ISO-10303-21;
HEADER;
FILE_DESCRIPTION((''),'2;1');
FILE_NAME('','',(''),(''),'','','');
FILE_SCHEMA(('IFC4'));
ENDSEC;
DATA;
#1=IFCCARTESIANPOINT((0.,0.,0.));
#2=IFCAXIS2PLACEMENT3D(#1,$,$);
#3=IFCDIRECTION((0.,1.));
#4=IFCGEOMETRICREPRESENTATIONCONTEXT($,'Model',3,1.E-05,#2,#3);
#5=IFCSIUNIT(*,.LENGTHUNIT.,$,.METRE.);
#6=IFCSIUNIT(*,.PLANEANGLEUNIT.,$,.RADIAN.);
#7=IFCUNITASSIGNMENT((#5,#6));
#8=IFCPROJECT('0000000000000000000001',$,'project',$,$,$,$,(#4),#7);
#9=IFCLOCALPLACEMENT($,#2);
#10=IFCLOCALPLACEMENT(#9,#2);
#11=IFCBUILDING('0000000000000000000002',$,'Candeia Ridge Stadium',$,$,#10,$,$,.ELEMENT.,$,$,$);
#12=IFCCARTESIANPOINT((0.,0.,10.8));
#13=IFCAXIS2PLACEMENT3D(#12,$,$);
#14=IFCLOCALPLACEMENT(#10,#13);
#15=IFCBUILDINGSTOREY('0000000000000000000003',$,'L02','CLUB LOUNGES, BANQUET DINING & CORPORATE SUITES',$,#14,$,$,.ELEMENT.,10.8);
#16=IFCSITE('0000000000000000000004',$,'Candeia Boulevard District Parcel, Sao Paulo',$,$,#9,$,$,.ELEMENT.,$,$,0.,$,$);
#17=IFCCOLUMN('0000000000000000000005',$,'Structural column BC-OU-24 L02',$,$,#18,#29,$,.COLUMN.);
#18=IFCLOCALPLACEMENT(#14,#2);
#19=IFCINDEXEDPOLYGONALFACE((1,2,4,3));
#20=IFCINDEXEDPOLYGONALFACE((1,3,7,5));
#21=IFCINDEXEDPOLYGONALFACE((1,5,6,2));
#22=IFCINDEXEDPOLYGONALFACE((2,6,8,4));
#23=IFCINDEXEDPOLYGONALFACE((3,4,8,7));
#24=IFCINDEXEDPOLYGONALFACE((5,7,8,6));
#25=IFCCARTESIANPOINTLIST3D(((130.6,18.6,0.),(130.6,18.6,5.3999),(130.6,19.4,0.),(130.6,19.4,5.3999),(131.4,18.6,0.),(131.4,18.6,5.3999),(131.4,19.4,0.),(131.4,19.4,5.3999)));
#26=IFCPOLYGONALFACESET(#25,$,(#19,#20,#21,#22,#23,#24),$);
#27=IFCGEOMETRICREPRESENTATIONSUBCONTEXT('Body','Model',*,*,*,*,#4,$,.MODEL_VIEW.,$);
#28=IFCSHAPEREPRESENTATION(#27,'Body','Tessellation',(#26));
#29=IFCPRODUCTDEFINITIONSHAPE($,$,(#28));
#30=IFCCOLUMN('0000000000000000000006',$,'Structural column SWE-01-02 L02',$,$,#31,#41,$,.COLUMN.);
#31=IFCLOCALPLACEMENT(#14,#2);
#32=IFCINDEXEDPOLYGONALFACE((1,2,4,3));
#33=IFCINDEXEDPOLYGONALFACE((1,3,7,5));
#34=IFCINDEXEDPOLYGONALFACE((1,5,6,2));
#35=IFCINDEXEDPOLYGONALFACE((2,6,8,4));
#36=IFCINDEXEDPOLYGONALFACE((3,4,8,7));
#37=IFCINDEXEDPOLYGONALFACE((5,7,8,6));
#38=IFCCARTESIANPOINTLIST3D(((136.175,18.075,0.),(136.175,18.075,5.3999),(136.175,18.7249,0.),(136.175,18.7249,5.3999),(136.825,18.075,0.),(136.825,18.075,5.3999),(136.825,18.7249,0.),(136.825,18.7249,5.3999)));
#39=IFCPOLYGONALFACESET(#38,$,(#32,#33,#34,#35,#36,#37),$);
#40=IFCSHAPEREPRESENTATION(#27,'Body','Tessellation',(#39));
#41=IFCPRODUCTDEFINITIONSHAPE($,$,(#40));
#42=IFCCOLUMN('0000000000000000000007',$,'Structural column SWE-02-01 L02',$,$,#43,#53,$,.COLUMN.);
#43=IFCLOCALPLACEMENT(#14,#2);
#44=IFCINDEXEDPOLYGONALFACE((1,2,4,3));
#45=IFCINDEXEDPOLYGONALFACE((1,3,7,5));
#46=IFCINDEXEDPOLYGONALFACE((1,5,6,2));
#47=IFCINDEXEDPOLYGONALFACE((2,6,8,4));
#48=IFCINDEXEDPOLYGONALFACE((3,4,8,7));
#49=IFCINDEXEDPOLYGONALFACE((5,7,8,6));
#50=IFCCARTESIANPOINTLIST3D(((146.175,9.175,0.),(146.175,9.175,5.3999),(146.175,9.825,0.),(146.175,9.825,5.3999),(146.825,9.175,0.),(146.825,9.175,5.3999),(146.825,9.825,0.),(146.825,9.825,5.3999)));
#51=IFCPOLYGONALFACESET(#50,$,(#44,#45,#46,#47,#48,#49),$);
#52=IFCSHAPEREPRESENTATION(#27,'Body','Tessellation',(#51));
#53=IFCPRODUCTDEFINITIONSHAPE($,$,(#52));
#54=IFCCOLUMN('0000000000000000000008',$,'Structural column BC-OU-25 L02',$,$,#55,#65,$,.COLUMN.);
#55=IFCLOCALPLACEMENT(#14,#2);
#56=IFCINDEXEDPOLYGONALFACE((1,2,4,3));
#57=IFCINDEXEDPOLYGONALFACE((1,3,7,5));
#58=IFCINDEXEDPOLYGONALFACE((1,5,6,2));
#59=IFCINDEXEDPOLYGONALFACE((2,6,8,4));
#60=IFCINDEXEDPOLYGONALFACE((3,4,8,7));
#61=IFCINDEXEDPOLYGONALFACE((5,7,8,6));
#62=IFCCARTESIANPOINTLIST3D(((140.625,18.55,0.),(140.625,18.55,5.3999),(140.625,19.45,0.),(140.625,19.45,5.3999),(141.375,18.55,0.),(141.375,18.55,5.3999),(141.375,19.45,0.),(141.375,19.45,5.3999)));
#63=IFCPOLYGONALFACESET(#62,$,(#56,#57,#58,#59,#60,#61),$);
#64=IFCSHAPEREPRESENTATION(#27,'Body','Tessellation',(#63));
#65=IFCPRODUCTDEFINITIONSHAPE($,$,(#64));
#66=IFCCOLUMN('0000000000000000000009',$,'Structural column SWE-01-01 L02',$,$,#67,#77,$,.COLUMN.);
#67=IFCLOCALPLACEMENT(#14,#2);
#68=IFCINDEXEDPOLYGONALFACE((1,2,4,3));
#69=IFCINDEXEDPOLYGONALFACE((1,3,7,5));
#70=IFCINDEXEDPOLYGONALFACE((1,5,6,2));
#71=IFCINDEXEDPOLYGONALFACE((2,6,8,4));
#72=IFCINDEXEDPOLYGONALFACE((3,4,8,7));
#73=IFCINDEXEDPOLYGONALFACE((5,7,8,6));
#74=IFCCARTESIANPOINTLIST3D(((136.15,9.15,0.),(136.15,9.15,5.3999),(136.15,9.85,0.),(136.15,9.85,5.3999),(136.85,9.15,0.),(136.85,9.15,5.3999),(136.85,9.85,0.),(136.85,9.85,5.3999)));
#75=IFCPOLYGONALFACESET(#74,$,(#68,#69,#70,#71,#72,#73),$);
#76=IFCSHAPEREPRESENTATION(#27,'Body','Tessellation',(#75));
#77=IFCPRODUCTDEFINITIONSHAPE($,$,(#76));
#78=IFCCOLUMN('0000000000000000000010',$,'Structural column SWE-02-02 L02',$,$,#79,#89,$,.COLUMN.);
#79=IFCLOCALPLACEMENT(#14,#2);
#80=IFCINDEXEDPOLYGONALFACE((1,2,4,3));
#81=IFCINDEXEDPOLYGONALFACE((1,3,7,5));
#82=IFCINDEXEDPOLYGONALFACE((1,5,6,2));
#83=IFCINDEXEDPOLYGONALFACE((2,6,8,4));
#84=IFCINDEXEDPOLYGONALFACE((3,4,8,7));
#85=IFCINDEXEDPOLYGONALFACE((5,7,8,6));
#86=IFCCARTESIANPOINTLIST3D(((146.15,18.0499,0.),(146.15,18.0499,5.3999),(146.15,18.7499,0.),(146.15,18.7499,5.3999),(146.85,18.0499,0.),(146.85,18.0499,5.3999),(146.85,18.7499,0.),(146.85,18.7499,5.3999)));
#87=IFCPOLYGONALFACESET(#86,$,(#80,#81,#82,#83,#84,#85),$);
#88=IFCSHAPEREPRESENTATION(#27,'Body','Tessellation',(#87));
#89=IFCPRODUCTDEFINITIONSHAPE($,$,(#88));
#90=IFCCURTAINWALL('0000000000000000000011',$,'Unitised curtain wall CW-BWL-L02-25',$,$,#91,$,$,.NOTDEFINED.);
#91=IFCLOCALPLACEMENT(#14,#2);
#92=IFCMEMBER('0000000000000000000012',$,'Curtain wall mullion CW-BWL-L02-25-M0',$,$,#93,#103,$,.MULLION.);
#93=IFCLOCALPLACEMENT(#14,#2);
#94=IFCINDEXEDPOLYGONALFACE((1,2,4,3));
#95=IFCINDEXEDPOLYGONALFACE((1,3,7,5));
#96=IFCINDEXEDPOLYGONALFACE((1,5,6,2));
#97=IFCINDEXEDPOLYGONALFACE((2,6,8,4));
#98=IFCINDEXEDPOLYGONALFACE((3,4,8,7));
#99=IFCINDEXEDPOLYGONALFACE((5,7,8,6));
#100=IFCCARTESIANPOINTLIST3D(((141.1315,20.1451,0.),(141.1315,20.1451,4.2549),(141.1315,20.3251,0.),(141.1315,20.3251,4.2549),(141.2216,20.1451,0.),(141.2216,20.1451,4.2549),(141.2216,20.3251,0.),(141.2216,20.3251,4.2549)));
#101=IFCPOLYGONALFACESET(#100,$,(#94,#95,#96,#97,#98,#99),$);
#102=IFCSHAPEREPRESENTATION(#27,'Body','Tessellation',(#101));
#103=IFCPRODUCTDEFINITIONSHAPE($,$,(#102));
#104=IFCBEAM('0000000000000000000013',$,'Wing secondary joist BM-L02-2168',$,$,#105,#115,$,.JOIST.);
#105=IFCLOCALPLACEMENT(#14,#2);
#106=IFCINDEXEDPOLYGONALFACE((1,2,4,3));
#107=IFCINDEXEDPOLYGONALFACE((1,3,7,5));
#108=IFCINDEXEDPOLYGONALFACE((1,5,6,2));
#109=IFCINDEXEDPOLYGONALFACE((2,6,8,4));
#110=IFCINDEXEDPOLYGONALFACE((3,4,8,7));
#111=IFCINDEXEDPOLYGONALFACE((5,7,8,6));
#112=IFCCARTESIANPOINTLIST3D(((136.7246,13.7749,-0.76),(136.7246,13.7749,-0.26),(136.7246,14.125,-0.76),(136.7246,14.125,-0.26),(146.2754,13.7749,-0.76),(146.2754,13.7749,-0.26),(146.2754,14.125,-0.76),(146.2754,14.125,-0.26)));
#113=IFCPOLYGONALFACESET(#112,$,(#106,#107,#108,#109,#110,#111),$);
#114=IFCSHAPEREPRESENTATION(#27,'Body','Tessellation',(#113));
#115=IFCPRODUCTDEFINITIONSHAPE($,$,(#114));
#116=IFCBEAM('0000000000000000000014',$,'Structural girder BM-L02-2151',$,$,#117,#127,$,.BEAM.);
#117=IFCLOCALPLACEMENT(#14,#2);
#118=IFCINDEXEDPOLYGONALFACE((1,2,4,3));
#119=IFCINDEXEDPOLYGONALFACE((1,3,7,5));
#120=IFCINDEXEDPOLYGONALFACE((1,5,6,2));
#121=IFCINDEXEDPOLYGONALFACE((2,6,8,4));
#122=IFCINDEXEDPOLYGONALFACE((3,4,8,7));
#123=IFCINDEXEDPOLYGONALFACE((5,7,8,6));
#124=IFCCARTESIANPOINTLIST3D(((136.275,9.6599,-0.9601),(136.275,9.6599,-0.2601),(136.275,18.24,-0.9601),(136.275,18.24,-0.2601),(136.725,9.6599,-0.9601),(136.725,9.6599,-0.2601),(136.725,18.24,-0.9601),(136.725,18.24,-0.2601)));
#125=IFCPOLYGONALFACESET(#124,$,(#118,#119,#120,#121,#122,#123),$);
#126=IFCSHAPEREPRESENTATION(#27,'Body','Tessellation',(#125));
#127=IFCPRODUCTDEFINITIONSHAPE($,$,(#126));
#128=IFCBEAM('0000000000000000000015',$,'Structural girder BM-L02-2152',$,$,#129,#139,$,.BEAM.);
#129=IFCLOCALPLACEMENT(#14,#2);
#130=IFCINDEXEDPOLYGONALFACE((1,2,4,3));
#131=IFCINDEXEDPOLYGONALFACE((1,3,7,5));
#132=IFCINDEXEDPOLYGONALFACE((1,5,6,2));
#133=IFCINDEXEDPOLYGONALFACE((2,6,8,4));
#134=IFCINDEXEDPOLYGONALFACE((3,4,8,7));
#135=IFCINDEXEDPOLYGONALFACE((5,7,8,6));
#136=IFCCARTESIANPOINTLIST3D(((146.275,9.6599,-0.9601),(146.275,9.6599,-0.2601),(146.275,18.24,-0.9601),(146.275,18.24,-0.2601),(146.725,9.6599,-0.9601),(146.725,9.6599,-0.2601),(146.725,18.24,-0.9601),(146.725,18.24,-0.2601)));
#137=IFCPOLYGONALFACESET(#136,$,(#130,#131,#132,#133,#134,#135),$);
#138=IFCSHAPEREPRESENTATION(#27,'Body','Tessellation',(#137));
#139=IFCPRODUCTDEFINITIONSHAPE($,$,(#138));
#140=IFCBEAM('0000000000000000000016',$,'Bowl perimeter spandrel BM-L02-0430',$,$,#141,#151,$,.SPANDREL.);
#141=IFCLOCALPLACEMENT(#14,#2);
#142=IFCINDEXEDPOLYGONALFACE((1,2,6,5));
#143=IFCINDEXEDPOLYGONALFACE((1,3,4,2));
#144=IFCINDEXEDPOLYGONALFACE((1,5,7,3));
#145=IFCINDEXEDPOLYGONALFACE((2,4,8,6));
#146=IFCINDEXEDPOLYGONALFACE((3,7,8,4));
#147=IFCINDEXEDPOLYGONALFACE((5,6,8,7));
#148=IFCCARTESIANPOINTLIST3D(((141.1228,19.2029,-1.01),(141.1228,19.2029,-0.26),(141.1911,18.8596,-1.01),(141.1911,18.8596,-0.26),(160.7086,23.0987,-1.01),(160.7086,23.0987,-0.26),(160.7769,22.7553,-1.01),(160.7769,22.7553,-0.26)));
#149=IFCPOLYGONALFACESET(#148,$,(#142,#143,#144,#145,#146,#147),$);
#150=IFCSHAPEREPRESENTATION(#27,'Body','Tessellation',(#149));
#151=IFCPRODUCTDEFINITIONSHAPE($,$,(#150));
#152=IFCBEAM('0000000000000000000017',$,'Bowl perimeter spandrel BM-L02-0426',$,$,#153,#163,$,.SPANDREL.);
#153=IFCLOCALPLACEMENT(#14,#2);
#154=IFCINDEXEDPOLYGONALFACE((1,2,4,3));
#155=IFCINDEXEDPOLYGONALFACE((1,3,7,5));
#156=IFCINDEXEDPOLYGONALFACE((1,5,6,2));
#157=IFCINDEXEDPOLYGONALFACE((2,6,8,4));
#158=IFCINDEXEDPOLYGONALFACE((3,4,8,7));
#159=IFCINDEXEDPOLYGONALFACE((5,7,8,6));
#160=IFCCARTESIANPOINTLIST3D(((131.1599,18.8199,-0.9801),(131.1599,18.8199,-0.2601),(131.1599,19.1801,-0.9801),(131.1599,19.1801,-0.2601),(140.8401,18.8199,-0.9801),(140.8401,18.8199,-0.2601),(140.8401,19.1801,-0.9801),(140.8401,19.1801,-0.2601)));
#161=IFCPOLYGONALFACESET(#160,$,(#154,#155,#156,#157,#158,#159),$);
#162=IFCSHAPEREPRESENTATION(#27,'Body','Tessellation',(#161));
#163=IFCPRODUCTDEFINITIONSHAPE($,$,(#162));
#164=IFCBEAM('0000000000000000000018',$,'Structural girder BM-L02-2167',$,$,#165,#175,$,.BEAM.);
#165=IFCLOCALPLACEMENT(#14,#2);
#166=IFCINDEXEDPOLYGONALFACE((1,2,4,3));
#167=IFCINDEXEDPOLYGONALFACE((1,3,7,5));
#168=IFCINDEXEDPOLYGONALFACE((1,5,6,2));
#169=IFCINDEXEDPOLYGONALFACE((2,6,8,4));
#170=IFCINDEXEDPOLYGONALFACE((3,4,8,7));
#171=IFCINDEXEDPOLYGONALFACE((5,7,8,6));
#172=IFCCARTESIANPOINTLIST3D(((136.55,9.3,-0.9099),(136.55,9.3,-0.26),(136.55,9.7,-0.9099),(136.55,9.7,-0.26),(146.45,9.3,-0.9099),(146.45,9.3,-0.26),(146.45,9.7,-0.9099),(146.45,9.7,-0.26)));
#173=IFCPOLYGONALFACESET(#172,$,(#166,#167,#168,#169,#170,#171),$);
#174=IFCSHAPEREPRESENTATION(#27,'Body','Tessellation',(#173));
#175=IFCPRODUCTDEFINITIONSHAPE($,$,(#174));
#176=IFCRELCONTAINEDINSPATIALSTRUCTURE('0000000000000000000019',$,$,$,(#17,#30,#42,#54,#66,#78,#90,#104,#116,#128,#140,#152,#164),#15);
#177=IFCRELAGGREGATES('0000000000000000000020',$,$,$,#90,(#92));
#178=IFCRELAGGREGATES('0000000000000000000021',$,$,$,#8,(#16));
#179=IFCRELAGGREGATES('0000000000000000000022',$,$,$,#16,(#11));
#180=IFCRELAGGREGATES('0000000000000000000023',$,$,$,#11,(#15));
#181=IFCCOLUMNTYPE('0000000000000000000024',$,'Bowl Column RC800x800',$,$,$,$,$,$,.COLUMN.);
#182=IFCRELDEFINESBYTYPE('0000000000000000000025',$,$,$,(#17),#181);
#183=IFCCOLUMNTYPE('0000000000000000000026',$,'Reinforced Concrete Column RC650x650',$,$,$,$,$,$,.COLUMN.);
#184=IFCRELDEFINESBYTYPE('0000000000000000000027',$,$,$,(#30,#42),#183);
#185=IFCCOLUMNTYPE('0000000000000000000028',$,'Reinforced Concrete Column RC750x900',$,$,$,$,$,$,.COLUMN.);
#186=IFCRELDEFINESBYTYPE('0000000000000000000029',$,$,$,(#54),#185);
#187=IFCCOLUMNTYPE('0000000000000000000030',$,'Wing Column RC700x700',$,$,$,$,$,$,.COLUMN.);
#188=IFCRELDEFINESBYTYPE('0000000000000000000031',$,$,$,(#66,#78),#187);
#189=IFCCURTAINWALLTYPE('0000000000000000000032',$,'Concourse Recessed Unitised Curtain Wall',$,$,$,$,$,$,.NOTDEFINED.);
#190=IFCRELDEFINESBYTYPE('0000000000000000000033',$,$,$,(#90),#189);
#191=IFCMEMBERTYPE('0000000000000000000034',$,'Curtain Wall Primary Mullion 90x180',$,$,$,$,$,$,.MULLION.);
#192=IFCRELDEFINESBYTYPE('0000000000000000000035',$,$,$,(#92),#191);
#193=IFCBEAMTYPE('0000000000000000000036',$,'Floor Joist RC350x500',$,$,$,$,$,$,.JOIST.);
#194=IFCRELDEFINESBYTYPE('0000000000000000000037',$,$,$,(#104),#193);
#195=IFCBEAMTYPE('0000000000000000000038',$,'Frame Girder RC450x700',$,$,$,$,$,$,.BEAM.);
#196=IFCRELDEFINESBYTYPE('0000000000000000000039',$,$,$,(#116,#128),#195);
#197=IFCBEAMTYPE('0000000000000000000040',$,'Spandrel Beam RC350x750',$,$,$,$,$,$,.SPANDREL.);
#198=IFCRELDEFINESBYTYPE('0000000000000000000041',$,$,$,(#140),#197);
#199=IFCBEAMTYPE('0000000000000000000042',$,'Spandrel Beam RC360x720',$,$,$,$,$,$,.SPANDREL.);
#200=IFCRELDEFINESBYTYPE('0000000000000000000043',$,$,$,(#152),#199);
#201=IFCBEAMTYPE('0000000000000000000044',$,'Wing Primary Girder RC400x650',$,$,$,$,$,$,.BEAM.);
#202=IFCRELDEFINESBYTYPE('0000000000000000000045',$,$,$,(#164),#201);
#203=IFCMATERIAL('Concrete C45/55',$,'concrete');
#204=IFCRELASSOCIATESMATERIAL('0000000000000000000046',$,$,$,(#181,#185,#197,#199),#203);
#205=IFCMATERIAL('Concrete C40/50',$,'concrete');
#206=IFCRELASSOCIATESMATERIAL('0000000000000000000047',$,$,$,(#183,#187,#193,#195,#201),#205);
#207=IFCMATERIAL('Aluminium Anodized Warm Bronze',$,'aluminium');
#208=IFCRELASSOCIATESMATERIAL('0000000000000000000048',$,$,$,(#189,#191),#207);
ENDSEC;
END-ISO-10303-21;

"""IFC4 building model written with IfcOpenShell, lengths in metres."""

from ifc_helpers import new_model, si_unit, direction, frame, origin, origin_2d, place, context, subcontext, project, spatial, rectangle, extrude, material, material_profile, profile_set, type_object, element, aggregate, save


model = new_model("IFC4")

# Units and contexts
model_context = context("Model", 3, precision=1e-05, world=origin(), true_north=direction((0.0, 1.0)))
body_context = subcontext(model_context, "Body", "Model", "MODEL_VIEW")
ifc_project = project(units=[si_unit("LENGTHUNIT", "METRE"), si_unit("PLANEANGLEUNIT", "RADIAN")], contexts=[model_context])

# Site, building, storey
site_placement = place(None, origin())
site = spatial("IfcSite", under=ifc_project, at=site_placement, Name="Candeia Boulevard District Parcel, Sao Paulo", CompositionType="ELEMENT", RefElevation=0.0)
building_placement = place(site_placement, origin())
building = spatial("IfcBuilding", under=site, at=building_placement, Name="Candeia Ridge Stadium", CompositionType="ELEMENT")
storey_placement = place(building_placement, frame((0.0, 0.0, 10.8)))
storey = spatial("IfcBuildingStorey", under=building, at=storey_placement, Name="L02", Description="CLUB LOUNGES, BANQUET DINING & CORPORATE SUITES", CompositionType="ELEMENT", Elevation=10.8)

# Columns
ifc_material_1 = material(Name="Concrete C45/55", Category="concrete")
ifc_material_profile_1 = material_profile(ifc_material_1, rectangle(XDim=0.8, YDim=0.8, at=origin_2d()), Name="RC800x800", Category="concrete")
ifc_profile_set_1 = profile_set([ifc_material_profile_1], Name="Concrete C45/55")
column_type_1 = type_object("IfcColumnType", Name="Bowl Column RC800x800", PredefinedType="COLUMN", material=ifc_profile_set_1)
column_1_placement = place(storey_placement, frame((131.0, 19.0, 0.0), z_axis=(0.0, 0.0, 1.0), x_axis=(1.0, 0.0, 0.0)))
element("IfcColumn", 1, at=column_1_placement, inside=storey, type_object=column_type_1, Name="Structural column BC-OU-24 L02", PredefinedType="COLUMN", context=body_context, shape_type="SweptSolid", body=[
    extrude(rectangle(XDim=0.8, YDim=0.8, at=origin_2d()), origin(), (0.0, 0.0, 1.0), 5.3999),
])
ifc_material_2 = material(Name="Concrete C40/50", Category="concrete")
ifc_material_profile_2 = material_profile(ifc_material_2, rectangle(XDim=0.6499, YDim=0.6499, at=origin_2d()), Name="RC650x650", Category="concrete")
ifc_profile_set_2 = profile_set([ifc_material_profile_2], Name="Concrete C40/50")
column_type_2 = type_object("IfcColumnType", Name="Reinforced Concrete Column RC650x650", PredefinedType="COLUMN", material=ifc_profile_set_2)
for number, where, z_axis, x_axis, name in (
    (2, (136.5, 18.3999, 0.0), (0.0, 0.0, 1.0), (1.0, 0.0, 0.0), "Structural column SWE-01-02 L02"),
    (3, (146.5, 9.5, 0.0), (0.0, 0.0, 1.0), (1.0, 0.0, 0.0), "Structural column SWE-02-01 L02"),
):
    element("IfcColumn", number, at=place(storey_placement, frame(where, z_axis=z_axis, x_axis=x_axis)), inside=storey, type_object=column_type_2, Name=name, PredefinedType="COLUMN", context=body_context, shape_type="SweptSolid", body=[
        extrude(rectangle(XDim=0.6499, YDim=0.6499, at=origin_2d()), origin(), (0.0, 0.0, 1.0), 5.3999),
    ])
ifc_material_profile_3 = material_profile(ifc_material_1, rectangle(XDim=0.75, YDim=0.8999, at=origin_2d()), Name="RC750x900", Category="concrete")
ifc_profile_set_3 = profile_set([ifc_material_profile_3], Name="Concrete C45/55")
column_type_3 = type_object("IfcColumnType", Name="Reinforced Concrete Column RC750x900", PredefinedType="COLUMN", material=ifc_profile_set_3)
column_2_placement = place(storey_placement, frame((141.0, 19.0, 0.0), z_axis=(0.0, 0.0, 1.0), x_axis=(1.0, 0.0, 0.0)))
element("IfcColumn", 4, at=column_2_placement, inside=storey, type_object=column_type_3, Name="Structural column BC-OU-25 L02", PredefinedType="COLUMN", context=body_context, shape_type="SweptSolid", body=[
    extrude(rectangle(XDim=0.75, YDim=0.8999, at=origin_2d()), origin(), (0.0, 0.0, 1.0), 5.3999),
])
ifc_material_profile_4 = material_profile(ifc_material_2, rectangle(XDim=0.7, YDim=0.7, at=origin_2d()), Name="RC700x700", Category="concrete")
ifc_profile_set_4 = profile_set([ifc_material_profile_4], Name="Concrete C40/50")
column_type_4 = type_object("IfcColumnType", Name="Wing Column RC700x700", PredefinedType="COLUMN", material=ifc_profile_set_4)
for number, where, z_axis, x_axis, name in (
    (5, (136.5, 9.5, 0.0), (0.0, 0.0, 1.0), (1.0, 0.0, 0.0), "Structural column SWE-01-01 L02"),
    (6, (146.5, 18.3999, 0.0), (0.0, 0.0, 1.0), (1.0, 0.0, 0.0), "Structural column SWE-02-02 L02"),
):
    element("IfcColumn", number, at=place(storey_placement, frame(where, z_axis=z_axis, x_axis=x_axis)), inside=storey, type_object=column_type_4, Name=name, PredefinedType="COLUMN", context=body_context, shape_type="SweptSolid", body=[
        extrude(rectangle(XDim=0.7, YDim=0.7, at=origin_2d()), origin(), (0.0, 0.0, 1.0), 5.3999),
    ])

# Curtain wall, member
ifc_material_3 = material(Name="Aluminium Anodized Warm Bronze", Category="aluminium")
curtain_wall_type = type_object("IfcCurtainWallType", Name="Concourse Recessed Unitised Curtain Wall", PredefinedType="NOTDEFINED", material=ifc_material_3)
curtain_wall_placement = place(storey_placement, origin())
curtain_wall = element("IfcCurtainWall", 7, at=curtain_wall_placement, inside=storey, type_object=curtain_wall_type, Name="Unitised curtain wall CW-BWL-L02-25", PredefinedType="NOTDEFINED")
ifc_material_profile_5 = material_profile(ifc_material_3, rectangle(XDim=0.0901, YDim=0.1799, at=origin_2d()), Name="CWM-90x180", Category="aluminium")
ifc_profile_set_5 = profile_set([ifc_material_profile_5], Name="Aluminium Anodized Warm Bronze")
member_type = type_object("IfcMemberType", Name="Curtain Wall Primary Mullion 90x180", PredefinedType="MULLION", material=ifc_profile_set_5)
member_placement = place(storey_placement, frame((141.1765, 20.2351, 0.0), z_axis=(0.0, 0.0, 1.0), x_axis=(1.0, 0.0, 0.0)))
member = element("IfcMember", 8, at=member_placement, type_object=member_type, Name="Curtain wall mullion CW-BWL-L02-25-M0", PredefinedType="MULLION", context=body_context, shape_type="SweptSolid", body=[
    extrude(rectangle(XDim=0.0901, YDim=0.1799, at=origin_2d()), origin(), (0.0, 0.0, 1.0), 4.2549),
])
aggregate(curtain_wall, [member])

# Beams
ifc_material_profile_6 = material_profile(ifc_material_2, rectangle(XDim=0.3501, YDim=0.5, at=origin_2d()), Name="RC350x500", Category="concrete")
ifc_profile_set_6 = profile_set([ifc_material_profile_6], Name="Concrete C40/50")
beam_type_1 = type_object("IfcBeamType", Name="Floor Joist RC350x500", PredefinedType="JOIST", material=ifc_profile_set_6)
beam_1_placement = place(storey_placement, frame((136.7246, 13.95, -0.51), z_axis=(1.0, 0.0, 0.0), x_axis=(0.0, 1.0, 0.0)))
element("IfcBeam", 9, at=beam_1_placement, inside=storey, type_object=beam_type_1, Name="Wing secondary joist BM-L02-2168", PredefinedType="JOIST", context=body_context, shape_type="SweptSolid", body=[
    extrude(rectangle(XDim=0.3501, YDim=0.5, at=origin_2d()), origin(), (0.0, 0.0, 1.0), 9.5508),
])
ifc_material_profile_7 = material_profile(ifc_material_2, rectangle(XDim=0.45, YDim=0.7, at=origin_2d()), Name="RC450x700", Category="concrete")
ifc_profile_set_7 = profile_set([ifc_material_profile_7], Name="Concrete C40/50")
beam_type_2 = type_object("IfcBeamType", Name="Frame Girder RC450x700", PredefinedType="BEAM", material=ifc_profile_set_7)
for number, where, z_axis, x_axis, name in (
    (10, (136.5, 9.6599, -0.6101), (0.0, 1.0, 0.0), (-1.0, 0.0, 0.0), "Structural girder BM-L02-2151"),
    (11, (146.5, 9.6599, -0.6101), (0.0, 1.0, 0.0), (-1.0, 0.0, 0.0), "Structural girder BM-L02-2152"),
):
    element("IfcBeam", number, at=place(storey_placement, frame(where, z_axis=z_axis, x_axis=x_axis)), inside=storey, type_object=beam_type_2, Name=name, PredefinedType="BEAM", context=body_context, shape_type="SweptSolid", body=[
        extrude(rectangle(XDim=0.45, YDim=0.7, at=origin_2d()), origin(), (0.0, 0.0, 1.0), 8.5801),
    ])
ifc_material_profile_8 = material_profile(ifc_material_1, rectangle(XDim=0.3501, YDim=0.75, at=origin_2d()), Name="RC350x750", Category="concrete")
ifc_profile_set_8 = profile_set([ifc_material_profile_8], Name="Concrete C45/55")
beam_type_3 = type_object("IfcBeamType", Name="Spandrel Beam RC350x750", PredefinedType="SPANDREL", material=ifc_profile_set_8)
beam_2_placement = place(storey_placement, frame((141.157, 19.0312, -0.635), z_axis=(0.980786, 0.195086, 0.0), x_axis=(-0.195086, 0.980786, 0.0)))
element("IfcBeam", 12, at=beam_2_placement, inside=storey, type_object=beam_type_3, Name="Bowl perimeter spandrel BM-L02-0430", PredefinedType="SPANDREL", context=body_context, shape_type="SweptSolid", body=[
    extrude(rectangle(XDim=0.3501, YDim=0.75, at=origin_2d()), origin(), (0.0, 0.0, 1.0), 19.9695),
])
ifc_material_profile_9 = material_profile(ifc_material_1, rectangle(XDim=0.3601, YDim=0.72, at=origin_2d()), Name="RC360x720", Category="concrete")
ifc_profile_set_9 = profile_set([ifc_material_profile_9], Name="Concrete C45/55")
beam_type_4 = type_object("IfcBeamType", Name="Spandrel Beam RC360x720", PredefinedType="SPANDREL", material=ifc_profile_set_9)
beam_3_placement = place(storey_placement, frame((131.1599, 19.0, -0.6201), z_axis=(1.0, 0.0, 0.0), x_axis=(0.0, 1.0, 0.0)))
element("IfcBeam", 13, at=beam_3_placement, inside=storey, type_object=beam_type_4, Name="Bowl perimeter spandrel BM-L02-0426", PredefinedType="SPANDREL", context=body_context, shape_type="SweptSolid", body=[
    extrude(rectangle(XDim=0.3601, YDim=0.72, at=origin_2d()), origin(), (0.0, 0.0, 1.0), 9.6802),
])
ifc_material_profile_10 = material_profile(ifc_material_2, rectangle(XDim=0.3999, YDim=0.6499, at=origin_2d()), Name="RC400x650", Category="concrete")
ifc_profile_set_10 = profile_set([ifc_material_profile_10], Name="Concrete C40/50")
beam_type_5 = type_object("IfcBeamType", Name="Wing Primary Girder RC400x650", PredefinedType="BEAM", material=ifc_profile_set_10)
for number, where, z_axis, x_axis, name in (
    (14, (136.55, 9.5, -0.585), (1.0, 0.0, 0.0), (0.0, 1.0, 0.0), "Structural girder BM-L02-2167"),
):
    element("IfcBeam", number, at=place(storey_placement, frame(where, z_axis=z_axis, x_axis=x_axis)), inside=storey, type_object=beam_type_5, Name=name, PredefinedType="BEAM", context=body_context, shape_type="SweptSolid", body=[
        extrude(rectangle(XDim=0.3999, YDim=0.6499, at=origin_2d()), origin(), (0.0, 0.0, 1.0), 9.8999),
    ])

save(model, "model.ifc")
